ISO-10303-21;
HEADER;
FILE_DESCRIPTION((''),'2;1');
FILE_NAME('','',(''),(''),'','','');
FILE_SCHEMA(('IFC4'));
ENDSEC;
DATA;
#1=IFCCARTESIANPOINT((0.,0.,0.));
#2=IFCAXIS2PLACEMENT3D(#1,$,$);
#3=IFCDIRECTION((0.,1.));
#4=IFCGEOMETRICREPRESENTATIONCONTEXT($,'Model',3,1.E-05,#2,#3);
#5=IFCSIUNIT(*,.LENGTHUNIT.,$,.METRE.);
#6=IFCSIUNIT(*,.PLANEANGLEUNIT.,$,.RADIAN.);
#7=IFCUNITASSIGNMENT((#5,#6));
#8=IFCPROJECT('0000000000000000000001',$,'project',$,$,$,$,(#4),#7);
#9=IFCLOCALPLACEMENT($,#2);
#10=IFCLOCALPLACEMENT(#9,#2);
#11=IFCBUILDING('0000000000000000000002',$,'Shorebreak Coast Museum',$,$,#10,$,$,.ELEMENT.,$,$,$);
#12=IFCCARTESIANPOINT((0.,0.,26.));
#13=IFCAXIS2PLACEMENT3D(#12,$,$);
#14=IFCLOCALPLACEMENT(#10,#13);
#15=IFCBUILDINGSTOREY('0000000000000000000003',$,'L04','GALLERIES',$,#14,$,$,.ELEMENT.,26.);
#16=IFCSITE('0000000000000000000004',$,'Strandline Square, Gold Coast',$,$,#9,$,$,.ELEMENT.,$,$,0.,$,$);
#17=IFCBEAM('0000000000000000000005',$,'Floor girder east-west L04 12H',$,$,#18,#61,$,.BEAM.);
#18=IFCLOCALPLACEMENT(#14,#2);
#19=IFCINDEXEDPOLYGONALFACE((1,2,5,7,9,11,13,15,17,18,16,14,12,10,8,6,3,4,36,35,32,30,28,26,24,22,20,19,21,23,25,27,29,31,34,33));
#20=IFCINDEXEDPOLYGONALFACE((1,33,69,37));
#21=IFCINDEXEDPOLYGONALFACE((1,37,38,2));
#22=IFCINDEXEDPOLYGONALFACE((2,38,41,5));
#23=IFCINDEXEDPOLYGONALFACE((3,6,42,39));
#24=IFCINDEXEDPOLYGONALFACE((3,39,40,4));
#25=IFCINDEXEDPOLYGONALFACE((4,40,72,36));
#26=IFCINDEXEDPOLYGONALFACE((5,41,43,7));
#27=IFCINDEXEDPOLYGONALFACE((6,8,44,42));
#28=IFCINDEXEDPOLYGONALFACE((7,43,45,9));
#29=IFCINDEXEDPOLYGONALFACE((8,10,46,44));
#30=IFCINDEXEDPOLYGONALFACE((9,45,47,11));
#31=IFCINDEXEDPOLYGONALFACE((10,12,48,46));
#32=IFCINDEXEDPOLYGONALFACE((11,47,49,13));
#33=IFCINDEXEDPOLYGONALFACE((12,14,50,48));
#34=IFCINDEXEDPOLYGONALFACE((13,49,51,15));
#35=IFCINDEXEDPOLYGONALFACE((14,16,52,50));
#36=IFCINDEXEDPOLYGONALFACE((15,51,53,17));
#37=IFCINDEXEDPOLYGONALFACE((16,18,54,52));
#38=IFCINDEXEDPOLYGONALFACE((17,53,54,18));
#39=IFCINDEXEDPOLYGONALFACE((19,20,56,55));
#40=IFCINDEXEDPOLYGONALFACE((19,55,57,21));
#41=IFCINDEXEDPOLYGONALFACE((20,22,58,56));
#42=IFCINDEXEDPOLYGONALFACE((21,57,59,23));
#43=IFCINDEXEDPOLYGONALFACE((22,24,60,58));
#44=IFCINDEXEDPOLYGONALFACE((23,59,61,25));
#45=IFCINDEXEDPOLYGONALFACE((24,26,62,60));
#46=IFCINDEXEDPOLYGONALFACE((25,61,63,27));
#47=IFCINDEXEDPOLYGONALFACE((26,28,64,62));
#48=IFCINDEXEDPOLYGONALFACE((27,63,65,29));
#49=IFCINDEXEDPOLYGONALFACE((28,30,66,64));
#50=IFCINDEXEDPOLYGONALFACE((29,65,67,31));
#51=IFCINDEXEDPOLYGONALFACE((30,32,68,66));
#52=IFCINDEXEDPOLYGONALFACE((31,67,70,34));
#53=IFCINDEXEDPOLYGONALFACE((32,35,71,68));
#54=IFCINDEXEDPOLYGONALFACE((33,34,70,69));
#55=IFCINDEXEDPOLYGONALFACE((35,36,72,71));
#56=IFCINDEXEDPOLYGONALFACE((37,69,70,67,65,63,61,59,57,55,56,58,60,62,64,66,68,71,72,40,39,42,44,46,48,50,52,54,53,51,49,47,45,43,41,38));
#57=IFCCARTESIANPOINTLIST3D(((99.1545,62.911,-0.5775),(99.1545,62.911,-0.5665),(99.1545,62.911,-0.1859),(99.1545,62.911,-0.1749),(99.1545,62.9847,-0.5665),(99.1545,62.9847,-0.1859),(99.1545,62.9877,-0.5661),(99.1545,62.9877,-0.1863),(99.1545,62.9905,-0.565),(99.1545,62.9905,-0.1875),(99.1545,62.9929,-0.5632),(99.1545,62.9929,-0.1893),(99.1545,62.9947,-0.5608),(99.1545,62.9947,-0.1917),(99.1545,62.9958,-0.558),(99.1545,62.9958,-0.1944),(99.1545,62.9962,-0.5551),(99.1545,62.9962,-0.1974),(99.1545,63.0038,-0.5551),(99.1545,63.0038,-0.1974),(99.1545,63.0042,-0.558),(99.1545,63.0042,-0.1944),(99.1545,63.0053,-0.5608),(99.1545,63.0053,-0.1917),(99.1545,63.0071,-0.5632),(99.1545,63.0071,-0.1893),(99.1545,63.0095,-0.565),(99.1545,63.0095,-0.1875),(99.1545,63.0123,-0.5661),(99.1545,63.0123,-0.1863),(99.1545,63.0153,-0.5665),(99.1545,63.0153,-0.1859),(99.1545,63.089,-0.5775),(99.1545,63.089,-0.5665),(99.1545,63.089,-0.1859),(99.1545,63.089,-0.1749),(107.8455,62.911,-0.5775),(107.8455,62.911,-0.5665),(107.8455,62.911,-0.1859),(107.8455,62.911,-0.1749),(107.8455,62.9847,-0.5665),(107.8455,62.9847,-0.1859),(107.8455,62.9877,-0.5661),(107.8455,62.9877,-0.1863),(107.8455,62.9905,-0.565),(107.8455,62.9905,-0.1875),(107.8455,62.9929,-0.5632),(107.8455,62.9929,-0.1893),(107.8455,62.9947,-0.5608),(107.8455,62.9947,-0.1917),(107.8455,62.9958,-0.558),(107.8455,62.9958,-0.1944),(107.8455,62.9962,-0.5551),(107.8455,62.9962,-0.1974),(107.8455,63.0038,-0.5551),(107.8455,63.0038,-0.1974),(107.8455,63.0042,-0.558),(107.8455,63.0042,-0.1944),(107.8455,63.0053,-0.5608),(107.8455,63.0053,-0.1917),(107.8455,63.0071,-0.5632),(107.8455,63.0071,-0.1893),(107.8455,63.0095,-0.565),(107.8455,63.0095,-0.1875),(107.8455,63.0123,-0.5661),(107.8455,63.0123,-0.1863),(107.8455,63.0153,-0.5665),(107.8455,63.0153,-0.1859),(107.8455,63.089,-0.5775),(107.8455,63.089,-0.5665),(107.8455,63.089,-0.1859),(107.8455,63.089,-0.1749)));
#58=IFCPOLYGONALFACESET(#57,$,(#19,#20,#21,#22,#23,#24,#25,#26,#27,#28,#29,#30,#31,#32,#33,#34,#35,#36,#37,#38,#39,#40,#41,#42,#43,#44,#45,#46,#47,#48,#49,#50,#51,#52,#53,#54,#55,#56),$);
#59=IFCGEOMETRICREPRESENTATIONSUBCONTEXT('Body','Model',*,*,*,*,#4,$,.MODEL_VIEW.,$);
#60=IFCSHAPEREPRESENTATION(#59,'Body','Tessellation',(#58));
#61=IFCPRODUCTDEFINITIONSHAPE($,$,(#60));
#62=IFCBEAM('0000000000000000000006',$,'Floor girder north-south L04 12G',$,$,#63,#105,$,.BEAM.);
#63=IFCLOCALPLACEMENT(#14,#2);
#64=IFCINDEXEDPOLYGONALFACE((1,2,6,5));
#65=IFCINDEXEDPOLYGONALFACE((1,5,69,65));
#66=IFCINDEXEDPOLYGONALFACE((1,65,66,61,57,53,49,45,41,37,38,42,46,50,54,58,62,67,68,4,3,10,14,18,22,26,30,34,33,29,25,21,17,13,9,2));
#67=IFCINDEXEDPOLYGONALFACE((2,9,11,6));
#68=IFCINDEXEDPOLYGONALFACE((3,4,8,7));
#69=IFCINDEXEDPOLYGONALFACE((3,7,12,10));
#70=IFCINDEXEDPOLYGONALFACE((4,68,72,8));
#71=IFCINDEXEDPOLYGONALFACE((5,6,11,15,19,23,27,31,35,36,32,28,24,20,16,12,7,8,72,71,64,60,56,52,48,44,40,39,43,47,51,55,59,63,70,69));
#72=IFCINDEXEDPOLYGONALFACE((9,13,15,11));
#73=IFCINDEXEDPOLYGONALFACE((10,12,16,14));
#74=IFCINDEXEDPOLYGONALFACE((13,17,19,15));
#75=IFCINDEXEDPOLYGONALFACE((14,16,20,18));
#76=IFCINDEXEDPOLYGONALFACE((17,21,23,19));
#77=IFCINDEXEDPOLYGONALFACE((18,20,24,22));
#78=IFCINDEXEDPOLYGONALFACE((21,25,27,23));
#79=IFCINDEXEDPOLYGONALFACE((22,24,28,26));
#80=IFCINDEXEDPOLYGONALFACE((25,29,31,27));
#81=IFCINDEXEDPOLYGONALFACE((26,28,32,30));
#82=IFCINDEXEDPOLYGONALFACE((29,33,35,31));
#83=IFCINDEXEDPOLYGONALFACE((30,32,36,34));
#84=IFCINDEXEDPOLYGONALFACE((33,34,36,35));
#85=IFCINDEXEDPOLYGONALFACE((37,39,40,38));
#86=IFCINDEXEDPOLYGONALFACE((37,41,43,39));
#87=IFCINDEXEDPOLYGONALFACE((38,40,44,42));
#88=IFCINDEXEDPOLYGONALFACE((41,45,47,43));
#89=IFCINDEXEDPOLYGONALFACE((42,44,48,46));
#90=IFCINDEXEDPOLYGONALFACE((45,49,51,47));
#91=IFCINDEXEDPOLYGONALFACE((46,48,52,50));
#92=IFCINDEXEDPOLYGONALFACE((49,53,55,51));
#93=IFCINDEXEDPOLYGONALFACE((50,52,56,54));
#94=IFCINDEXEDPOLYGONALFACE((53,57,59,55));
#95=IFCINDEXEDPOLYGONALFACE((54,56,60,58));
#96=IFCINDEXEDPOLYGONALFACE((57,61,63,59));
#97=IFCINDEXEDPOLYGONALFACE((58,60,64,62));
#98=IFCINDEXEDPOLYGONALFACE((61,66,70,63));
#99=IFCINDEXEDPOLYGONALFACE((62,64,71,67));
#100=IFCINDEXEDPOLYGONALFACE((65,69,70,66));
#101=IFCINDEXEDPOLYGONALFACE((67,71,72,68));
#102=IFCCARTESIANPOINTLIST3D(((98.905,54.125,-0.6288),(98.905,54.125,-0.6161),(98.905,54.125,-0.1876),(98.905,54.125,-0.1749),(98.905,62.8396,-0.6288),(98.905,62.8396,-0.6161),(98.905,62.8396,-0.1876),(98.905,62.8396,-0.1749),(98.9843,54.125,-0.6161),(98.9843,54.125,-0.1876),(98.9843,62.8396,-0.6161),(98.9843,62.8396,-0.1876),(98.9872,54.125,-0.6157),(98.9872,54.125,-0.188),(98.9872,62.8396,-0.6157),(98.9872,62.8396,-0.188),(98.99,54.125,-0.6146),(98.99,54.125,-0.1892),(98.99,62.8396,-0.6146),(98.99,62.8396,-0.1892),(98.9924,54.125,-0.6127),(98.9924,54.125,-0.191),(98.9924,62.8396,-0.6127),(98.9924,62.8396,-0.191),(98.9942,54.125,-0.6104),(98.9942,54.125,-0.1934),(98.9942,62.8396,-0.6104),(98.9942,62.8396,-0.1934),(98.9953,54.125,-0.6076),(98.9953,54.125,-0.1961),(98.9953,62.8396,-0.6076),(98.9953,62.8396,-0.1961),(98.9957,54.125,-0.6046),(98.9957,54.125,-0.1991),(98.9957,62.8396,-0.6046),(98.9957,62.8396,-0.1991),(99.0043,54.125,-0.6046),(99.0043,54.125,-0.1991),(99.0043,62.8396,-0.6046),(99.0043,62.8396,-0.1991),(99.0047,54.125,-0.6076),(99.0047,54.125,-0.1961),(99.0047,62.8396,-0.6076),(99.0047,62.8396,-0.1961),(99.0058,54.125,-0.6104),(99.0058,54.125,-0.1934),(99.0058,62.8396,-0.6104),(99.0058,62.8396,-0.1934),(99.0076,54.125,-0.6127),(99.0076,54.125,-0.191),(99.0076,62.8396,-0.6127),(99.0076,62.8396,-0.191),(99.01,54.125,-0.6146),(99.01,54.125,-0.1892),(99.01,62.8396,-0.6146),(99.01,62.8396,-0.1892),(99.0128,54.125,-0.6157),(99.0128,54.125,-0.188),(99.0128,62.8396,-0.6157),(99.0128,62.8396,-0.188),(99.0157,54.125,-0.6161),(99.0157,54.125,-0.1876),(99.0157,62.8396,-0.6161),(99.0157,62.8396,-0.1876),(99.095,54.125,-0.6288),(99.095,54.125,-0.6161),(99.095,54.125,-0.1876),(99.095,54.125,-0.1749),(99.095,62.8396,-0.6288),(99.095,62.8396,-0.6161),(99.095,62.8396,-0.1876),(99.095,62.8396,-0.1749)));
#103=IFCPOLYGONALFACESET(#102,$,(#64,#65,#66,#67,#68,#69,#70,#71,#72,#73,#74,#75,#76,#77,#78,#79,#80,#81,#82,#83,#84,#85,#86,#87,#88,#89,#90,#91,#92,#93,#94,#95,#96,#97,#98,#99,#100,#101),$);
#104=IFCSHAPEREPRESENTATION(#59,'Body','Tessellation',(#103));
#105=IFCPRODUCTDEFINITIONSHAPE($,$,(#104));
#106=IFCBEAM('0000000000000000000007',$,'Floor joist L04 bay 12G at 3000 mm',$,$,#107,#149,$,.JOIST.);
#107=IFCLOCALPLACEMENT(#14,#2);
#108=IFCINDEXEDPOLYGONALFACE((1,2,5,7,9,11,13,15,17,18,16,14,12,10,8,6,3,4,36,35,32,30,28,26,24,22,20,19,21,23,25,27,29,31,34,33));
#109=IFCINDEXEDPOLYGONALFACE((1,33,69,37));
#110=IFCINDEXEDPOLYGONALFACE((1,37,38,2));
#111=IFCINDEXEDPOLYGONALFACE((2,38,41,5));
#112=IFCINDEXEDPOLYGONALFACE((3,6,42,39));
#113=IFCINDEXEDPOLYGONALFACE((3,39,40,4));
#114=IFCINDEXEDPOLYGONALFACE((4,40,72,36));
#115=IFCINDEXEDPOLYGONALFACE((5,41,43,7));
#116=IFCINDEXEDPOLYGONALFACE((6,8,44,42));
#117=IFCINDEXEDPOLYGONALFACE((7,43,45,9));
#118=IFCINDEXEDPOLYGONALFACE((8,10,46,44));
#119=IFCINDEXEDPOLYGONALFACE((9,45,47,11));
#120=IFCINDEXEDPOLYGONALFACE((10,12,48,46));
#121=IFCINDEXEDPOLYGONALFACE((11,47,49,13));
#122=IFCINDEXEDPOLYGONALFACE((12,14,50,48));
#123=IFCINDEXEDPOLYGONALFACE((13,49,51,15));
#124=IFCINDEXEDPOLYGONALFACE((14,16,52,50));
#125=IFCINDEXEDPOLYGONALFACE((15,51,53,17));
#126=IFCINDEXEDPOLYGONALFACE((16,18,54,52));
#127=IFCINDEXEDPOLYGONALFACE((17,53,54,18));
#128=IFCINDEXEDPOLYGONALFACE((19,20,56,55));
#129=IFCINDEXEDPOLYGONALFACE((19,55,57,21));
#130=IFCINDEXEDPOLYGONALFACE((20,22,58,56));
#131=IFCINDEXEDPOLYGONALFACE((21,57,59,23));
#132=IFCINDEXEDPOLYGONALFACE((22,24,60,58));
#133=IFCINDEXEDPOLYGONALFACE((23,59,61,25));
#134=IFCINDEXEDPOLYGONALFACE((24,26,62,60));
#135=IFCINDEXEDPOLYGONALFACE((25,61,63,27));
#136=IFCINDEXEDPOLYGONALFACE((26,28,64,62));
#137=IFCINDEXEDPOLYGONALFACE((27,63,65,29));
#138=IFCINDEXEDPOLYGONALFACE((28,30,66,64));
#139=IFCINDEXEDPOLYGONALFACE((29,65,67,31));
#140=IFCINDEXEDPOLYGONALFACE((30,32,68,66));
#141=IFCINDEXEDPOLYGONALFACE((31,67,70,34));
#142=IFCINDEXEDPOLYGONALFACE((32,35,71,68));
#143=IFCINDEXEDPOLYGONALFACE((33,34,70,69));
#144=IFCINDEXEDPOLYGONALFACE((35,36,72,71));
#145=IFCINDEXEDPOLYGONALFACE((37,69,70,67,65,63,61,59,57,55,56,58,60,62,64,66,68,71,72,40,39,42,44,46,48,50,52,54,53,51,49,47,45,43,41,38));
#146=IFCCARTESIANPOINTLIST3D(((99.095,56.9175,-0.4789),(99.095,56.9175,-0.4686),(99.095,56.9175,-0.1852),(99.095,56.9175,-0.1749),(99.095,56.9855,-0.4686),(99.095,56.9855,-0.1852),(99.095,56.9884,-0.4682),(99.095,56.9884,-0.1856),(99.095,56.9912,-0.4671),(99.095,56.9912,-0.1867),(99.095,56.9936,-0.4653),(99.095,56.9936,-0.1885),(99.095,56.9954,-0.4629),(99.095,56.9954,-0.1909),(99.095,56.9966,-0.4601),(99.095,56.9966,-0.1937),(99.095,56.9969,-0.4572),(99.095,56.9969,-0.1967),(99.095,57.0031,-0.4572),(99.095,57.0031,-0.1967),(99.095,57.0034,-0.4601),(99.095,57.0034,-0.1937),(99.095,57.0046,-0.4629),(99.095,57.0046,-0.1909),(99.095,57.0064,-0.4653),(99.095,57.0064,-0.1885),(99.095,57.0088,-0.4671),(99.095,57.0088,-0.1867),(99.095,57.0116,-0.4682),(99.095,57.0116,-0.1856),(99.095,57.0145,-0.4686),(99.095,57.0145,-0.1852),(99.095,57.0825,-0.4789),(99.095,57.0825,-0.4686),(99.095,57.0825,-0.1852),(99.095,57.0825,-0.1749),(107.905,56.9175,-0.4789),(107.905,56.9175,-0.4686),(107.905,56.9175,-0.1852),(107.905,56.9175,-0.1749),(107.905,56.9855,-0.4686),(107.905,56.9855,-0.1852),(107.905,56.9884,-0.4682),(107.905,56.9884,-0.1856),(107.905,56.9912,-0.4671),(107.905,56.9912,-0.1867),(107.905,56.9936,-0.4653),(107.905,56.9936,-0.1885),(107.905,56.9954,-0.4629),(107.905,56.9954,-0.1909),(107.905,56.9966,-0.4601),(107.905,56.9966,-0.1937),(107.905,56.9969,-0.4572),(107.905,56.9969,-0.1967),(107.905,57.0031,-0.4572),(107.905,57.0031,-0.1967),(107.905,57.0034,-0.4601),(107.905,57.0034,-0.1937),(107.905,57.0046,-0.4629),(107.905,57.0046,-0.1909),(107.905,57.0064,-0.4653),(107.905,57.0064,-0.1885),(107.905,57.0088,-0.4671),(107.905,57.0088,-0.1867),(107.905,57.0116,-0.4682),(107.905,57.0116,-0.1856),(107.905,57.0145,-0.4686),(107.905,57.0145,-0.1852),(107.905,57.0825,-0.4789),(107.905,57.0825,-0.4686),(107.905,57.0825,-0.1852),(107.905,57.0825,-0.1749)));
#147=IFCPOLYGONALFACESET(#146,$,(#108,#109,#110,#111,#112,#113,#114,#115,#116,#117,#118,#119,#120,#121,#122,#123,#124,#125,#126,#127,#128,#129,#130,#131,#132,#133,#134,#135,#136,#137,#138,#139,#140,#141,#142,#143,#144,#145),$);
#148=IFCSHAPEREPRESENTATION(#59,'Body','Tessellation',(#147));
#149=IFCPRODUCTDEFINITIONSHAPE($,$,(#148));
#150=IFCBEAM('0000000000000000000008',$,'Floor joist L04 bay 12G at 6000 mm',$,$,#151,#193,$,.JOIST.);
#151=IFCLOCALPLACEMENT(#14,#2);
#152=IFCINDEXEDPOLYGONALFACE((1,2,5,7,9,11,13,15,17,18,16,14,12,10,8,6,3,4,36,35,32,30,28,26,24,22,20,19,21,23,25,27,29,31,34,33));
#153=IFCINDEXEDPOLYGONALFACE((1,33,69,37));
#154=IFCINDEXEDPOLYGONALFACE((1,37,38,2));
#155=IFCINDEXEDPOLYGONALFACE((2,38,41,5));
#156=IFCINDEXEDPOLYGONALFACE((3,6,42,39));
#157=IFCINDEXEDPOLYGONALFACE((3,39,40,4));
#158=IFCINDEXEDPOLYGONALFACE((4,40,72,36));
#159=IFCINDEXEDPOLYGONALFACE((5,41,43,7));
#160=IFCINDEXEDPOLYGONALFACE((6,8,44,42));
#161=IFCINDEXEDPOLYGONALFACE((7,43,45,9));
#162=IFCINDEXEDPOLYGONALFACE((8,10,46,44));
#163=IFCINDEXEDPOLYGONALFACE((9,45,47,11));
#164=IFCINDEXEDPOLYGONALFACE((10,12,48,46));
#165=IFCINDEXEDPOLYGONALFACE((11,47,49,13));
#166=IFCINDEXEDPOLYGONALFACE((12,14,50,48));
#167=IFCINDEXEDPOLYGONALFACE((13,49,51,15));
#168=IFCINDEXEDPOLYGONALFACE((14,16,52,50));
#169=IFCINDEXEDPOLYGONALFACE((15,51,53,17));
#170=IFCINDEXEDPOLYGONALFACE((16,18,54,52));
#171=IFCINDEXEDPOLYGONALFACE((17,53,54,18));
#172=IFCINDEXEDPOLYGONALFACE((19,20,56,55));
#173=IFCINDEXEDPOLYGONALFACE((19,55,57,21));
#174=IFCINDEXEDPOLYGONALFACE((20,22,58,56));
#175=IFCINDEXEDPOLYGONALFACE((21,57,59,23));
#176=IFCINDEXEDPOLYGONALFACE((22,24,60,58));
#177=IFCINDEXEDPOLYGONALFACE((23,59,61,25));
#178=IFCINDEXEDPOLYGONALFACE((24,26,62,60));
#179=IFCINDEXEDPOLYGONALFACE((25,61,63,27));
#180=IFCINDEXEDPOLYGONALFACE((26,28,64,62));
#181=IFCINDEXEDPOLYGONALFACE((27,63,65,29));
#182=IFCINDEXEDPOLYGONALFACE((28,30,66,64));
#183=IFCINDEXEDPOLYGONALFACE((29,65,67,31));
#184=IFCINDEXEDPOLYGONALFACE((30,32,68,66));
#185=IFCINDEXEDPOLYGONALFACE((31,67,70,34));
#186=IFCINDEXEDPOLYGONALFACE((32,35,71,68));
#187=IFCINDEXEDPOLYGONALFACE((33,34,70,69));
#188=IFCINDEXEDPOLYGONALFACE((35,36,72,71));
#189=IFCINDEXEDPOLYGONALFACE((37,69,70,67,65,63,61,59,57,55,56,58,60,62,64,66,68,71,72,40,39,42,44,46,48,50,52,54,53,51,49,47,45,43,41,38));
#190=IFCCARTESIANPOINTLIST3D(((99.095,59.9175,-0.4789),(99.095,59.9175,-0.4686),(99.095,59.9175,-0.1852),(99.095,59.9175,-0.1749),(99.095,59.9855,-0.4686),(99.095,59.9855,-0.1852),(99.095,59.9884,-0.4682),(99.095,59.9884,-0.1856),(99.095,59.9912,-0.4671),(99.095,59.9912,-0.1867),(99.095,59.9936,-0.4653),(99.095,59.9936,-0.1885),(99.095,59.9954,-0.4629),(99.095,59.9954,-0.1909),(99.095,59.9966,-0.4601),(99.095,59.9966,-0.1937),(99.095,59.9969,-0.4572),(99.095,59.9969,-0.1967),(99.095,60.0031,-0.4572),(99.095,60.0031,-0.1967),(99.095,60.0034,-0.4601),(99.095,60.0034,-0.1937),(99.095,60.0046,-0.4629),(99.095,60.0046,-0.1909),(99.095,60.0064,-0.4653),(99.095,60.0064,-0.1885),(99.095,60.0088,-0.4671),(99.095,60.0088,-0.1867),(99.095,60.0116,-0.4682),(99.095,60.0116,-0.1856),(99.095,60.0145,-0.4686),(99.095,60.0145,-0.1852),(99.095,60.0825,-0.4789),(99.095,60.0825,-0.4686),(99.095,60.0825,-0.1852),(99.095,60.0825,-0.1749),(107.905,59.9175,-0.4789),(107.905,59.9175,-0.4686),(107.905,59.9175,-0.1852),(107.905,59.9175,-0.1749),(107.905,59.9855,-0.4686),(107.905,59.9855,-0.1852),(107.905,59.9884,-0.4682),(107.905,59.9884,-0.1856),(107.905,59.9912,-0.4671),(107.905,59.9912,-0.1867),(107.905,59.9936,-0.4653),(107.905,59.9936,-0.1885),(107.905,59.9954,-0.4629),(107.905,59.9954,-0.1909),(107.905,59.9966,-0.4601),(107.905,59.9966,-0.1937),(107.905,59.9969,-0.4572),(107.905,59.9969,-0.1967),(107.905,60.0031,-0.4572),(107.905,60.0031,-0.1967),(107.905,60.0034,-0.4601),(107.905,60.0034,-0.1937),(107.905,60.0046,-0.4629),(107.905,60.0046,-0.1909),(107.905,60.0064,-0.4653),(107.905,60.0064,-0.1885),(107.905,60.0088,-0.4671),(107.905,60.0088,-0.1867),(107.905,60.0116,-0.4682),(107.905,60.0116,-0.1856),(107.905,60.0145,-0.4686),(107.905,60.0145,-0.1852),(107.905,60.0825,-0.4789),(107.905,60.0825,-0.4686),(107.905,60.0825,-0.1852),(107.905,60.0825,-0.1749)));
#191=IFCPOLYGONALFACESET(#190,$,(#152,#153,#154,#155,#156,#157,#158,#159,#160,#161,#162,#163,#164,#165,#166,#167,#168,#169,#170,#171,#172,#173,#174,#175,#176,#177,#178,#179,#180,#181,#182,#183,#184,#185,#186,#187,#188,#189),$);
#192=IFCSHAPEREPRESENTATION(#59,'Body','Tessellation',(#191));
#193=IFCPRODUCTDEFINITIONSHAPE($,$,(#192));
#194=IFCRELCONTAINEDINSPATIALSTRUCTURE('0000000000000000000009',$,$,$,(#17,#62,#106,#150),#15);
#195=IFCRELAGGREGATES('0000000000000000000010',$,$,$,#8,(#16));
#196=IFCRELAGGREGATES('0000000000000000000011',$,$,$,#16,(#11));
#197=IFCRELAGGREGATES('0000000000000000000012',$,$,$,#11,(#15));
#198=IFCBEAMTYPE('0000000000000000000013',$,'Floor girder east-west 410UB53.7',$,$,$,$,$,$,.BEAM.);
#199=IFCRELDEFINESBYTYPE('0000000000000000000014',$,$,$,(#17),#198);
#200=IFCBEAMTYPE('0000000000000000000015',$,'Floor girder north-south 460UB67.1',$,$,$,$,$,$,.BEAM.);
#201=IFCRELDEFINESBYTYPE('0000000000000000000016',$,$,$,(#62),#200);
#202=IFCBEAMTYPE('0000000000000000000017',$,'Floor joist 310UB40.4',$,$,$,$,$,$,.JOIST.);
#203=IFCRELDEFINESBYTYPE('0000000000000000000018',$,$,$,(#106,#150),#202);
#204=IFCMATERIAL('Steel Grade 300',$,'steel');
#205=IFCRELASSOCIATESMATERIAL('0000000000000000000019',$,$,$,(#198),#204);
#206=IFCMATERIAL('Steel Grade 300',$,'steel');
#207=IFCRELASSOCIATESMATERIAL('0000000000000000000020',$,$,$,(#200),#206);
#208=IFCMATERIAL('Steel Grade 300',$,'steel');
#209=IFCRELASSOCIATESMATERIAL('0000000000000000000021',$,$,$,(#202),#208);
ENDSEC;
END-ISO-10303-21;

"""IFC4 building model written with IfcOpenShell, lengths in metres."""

from ifc_helpers import new_model, si_unit, direction, frame, origin, origin_2d, place, context, subcontext, project, spatial, i_section, extrude, material, material_profile, profile_set, type_object, element, save


model = new_model("IFC4")

# Units and contexts
model_context = context("Model", 3, precision=1e-05, world=origin(), true_north=direction((0.0, 1.0)))
body_context = subcontext(model_context, "Body", "Model", "MODEL_VIEW")
ifc_project = project(units=[si_unit("LENGTHUNIT", "METRE"), si_unit("PLANEANGLEUNIT", "RADIAN")], contexts=[model_context])

# Site, building, storey
site_placement = place(None, origin())
site = spatial("IfcSite", under=ifc_project, at=site_placement, Name="Strandline Square, Gold Coast", CompositionType="ELEMENT", RefElevation=0.0)
building_placement = place(site_placement, origin())
building = spatial("IfcBuilding", under=site, at=building_placement, Name="Shorebreak Coast Museum", CompositionType="ELEMENT")
storey_placement = place(building_placement, frame((0.0, 0.0, 26.0)))
storey = spatial("IfcBuildingStorey", under=building, at=storey_placement, Name="L04", Description="GALLERIES", CompositionType="ELEMENT", Elevation=26.0)

# Beams
ifc_material_1 = material(Name="Steel Grade 300", Category="steel")
ifc_material_profile_1 = material_profile(ifc_material_1, i_section(OverallWidth=0.178, OverallDepth=0.4026, WebThickness=0.0076, FlangeThickness=0.011, FilletRadius=0.0115, at=origin_2d()), Name="410UB53.7")
ifc_profile_set_1 = profile_set([ifc_material_profile_1], Name="Steel Grade 300")
beam_type_1 = type_object("IfcBeamType", Name="Floor girder east-west 410UB53.7", PredefinedType="BEAM", material=ifc_profile_set_1)
beam_1_placement = place(storey_placement, frame((99.1545, 63.0, -0.3762), z_axis=(1.0, 0.0, 0.0), x_axis=(0.0, 1.0, 0.0)))
element("IfcBeam", 1, at=beam_1_placement, inside=storey, type_object=beam_type_1, Name="Floor girder east-west L04 12H", PredefinedType="BEAM", context=body_context, shape_type="SweptSolid", body=[
    extrude(i_section(OverallWidth=0.178, OverallDepth=0.4026, WebThickness=0.0076, FlangeThickness=0.011, FilletRadius=0.0115, at=origin_2d()), origin(), (0.0, 0.0, 1.0), 8.6909),
])
ifc_material_2 = material(Name="Steel Grade 300", Category="steel")
ifc_material_profile_2 = material_profile(ifc_material_2, i_section(OverallWidth=0.1899, OverallDepth=0.4539, WebThickness=0.0085, FlangeThickness=0.0127, FilletRadius=0.0115, at=origin_2d()), Name="460UB67.1")
ifc_profile_set_2 = profile_set([ifc_material_profile_2], Name="Steel Grade 300")
beam_type_2 = type_object("IfcBeamType", Name="Floor girder north-south 460UB67.1", PredefinedType="BEAM", material=ifc_profile_set_2)
beam_2_placement = place(storey_placement, frame((99.0, 54.125, -0.4019), z_axis=(0.0, 1.0, 0.0), x_axis=(-1.0, 0.0, 0.0)))
element("IfcBeam", 2, at=beam_2_placement, inside=storey, type_object=beam_type_2, Name="Floor girder north-south L04 12G", PredefinedType="BEAM", context=body_context, shape_type="SweptSolid", body=[
    extrude(i_section(OverallWidth=0.1899, OverallDepth=0.4539, WebThickness=0.0085, FlangeThickness=0.0127, FilletRadius=0.0115, at=origin_2d()), origin(), (0.0, 0.0, 1.0), 8.7146),
])
ifc_material_3 = material(Name="Steel Grade 300", Category="steel")
ifc_material_profile_3 = material_profile(ifc_material_3, i_section(OverallWidth=0.165, OverallDepth=0.304, WebThickness=0.0061, FlangeThickness=0.0103, FilletRadius=0.0115, at=origin_2d()), Name="310UB40.4")
ifc_profile_set_3 = profile_set([ifc_material_profile_3], Name="Steel Grade 300")
beam_type_3 = type_object("IfcBeamType", Name="Floor joist 310UB40.4", PredefinedType="JOIST", material=ifc_profile_set_3)
for number, where, z_axis, x_axis, name in (
    (3, (99.095, 57.0, -0.3269), (1.0, 0.0, 0.0), (0.0, 1.0, 0.0), "Floor joist L04 bay 12G at 3000 mm"),
    (4, (99.095, 60.0, -0.3269), (1.0, 0.0, 0.0), (0.0, 1.0, 0.0), "Floor joist L04 bay 12G at 6000 mm"),
):
    element("IfcBeam", number, at=place(storey_placement, frame(where, z_axis=z_axis, x_axis=x_axis)), inside=storey, type_object=beam_type_3, Name=name, PredefinedType="JOIST", context=body_context, shape_type="SweptSolid", body=[
        extrude(i_section(OverallWidth=0.165, OverallDepth=0.304, WebThickness=0.0061, FlangeThickness=0.0103, FilletRadius=0.0115, at=origin_2d()), origin(), (0.0, 0.0, 1.0), 8.8101),
    ])

save(model, "model.ifc")
